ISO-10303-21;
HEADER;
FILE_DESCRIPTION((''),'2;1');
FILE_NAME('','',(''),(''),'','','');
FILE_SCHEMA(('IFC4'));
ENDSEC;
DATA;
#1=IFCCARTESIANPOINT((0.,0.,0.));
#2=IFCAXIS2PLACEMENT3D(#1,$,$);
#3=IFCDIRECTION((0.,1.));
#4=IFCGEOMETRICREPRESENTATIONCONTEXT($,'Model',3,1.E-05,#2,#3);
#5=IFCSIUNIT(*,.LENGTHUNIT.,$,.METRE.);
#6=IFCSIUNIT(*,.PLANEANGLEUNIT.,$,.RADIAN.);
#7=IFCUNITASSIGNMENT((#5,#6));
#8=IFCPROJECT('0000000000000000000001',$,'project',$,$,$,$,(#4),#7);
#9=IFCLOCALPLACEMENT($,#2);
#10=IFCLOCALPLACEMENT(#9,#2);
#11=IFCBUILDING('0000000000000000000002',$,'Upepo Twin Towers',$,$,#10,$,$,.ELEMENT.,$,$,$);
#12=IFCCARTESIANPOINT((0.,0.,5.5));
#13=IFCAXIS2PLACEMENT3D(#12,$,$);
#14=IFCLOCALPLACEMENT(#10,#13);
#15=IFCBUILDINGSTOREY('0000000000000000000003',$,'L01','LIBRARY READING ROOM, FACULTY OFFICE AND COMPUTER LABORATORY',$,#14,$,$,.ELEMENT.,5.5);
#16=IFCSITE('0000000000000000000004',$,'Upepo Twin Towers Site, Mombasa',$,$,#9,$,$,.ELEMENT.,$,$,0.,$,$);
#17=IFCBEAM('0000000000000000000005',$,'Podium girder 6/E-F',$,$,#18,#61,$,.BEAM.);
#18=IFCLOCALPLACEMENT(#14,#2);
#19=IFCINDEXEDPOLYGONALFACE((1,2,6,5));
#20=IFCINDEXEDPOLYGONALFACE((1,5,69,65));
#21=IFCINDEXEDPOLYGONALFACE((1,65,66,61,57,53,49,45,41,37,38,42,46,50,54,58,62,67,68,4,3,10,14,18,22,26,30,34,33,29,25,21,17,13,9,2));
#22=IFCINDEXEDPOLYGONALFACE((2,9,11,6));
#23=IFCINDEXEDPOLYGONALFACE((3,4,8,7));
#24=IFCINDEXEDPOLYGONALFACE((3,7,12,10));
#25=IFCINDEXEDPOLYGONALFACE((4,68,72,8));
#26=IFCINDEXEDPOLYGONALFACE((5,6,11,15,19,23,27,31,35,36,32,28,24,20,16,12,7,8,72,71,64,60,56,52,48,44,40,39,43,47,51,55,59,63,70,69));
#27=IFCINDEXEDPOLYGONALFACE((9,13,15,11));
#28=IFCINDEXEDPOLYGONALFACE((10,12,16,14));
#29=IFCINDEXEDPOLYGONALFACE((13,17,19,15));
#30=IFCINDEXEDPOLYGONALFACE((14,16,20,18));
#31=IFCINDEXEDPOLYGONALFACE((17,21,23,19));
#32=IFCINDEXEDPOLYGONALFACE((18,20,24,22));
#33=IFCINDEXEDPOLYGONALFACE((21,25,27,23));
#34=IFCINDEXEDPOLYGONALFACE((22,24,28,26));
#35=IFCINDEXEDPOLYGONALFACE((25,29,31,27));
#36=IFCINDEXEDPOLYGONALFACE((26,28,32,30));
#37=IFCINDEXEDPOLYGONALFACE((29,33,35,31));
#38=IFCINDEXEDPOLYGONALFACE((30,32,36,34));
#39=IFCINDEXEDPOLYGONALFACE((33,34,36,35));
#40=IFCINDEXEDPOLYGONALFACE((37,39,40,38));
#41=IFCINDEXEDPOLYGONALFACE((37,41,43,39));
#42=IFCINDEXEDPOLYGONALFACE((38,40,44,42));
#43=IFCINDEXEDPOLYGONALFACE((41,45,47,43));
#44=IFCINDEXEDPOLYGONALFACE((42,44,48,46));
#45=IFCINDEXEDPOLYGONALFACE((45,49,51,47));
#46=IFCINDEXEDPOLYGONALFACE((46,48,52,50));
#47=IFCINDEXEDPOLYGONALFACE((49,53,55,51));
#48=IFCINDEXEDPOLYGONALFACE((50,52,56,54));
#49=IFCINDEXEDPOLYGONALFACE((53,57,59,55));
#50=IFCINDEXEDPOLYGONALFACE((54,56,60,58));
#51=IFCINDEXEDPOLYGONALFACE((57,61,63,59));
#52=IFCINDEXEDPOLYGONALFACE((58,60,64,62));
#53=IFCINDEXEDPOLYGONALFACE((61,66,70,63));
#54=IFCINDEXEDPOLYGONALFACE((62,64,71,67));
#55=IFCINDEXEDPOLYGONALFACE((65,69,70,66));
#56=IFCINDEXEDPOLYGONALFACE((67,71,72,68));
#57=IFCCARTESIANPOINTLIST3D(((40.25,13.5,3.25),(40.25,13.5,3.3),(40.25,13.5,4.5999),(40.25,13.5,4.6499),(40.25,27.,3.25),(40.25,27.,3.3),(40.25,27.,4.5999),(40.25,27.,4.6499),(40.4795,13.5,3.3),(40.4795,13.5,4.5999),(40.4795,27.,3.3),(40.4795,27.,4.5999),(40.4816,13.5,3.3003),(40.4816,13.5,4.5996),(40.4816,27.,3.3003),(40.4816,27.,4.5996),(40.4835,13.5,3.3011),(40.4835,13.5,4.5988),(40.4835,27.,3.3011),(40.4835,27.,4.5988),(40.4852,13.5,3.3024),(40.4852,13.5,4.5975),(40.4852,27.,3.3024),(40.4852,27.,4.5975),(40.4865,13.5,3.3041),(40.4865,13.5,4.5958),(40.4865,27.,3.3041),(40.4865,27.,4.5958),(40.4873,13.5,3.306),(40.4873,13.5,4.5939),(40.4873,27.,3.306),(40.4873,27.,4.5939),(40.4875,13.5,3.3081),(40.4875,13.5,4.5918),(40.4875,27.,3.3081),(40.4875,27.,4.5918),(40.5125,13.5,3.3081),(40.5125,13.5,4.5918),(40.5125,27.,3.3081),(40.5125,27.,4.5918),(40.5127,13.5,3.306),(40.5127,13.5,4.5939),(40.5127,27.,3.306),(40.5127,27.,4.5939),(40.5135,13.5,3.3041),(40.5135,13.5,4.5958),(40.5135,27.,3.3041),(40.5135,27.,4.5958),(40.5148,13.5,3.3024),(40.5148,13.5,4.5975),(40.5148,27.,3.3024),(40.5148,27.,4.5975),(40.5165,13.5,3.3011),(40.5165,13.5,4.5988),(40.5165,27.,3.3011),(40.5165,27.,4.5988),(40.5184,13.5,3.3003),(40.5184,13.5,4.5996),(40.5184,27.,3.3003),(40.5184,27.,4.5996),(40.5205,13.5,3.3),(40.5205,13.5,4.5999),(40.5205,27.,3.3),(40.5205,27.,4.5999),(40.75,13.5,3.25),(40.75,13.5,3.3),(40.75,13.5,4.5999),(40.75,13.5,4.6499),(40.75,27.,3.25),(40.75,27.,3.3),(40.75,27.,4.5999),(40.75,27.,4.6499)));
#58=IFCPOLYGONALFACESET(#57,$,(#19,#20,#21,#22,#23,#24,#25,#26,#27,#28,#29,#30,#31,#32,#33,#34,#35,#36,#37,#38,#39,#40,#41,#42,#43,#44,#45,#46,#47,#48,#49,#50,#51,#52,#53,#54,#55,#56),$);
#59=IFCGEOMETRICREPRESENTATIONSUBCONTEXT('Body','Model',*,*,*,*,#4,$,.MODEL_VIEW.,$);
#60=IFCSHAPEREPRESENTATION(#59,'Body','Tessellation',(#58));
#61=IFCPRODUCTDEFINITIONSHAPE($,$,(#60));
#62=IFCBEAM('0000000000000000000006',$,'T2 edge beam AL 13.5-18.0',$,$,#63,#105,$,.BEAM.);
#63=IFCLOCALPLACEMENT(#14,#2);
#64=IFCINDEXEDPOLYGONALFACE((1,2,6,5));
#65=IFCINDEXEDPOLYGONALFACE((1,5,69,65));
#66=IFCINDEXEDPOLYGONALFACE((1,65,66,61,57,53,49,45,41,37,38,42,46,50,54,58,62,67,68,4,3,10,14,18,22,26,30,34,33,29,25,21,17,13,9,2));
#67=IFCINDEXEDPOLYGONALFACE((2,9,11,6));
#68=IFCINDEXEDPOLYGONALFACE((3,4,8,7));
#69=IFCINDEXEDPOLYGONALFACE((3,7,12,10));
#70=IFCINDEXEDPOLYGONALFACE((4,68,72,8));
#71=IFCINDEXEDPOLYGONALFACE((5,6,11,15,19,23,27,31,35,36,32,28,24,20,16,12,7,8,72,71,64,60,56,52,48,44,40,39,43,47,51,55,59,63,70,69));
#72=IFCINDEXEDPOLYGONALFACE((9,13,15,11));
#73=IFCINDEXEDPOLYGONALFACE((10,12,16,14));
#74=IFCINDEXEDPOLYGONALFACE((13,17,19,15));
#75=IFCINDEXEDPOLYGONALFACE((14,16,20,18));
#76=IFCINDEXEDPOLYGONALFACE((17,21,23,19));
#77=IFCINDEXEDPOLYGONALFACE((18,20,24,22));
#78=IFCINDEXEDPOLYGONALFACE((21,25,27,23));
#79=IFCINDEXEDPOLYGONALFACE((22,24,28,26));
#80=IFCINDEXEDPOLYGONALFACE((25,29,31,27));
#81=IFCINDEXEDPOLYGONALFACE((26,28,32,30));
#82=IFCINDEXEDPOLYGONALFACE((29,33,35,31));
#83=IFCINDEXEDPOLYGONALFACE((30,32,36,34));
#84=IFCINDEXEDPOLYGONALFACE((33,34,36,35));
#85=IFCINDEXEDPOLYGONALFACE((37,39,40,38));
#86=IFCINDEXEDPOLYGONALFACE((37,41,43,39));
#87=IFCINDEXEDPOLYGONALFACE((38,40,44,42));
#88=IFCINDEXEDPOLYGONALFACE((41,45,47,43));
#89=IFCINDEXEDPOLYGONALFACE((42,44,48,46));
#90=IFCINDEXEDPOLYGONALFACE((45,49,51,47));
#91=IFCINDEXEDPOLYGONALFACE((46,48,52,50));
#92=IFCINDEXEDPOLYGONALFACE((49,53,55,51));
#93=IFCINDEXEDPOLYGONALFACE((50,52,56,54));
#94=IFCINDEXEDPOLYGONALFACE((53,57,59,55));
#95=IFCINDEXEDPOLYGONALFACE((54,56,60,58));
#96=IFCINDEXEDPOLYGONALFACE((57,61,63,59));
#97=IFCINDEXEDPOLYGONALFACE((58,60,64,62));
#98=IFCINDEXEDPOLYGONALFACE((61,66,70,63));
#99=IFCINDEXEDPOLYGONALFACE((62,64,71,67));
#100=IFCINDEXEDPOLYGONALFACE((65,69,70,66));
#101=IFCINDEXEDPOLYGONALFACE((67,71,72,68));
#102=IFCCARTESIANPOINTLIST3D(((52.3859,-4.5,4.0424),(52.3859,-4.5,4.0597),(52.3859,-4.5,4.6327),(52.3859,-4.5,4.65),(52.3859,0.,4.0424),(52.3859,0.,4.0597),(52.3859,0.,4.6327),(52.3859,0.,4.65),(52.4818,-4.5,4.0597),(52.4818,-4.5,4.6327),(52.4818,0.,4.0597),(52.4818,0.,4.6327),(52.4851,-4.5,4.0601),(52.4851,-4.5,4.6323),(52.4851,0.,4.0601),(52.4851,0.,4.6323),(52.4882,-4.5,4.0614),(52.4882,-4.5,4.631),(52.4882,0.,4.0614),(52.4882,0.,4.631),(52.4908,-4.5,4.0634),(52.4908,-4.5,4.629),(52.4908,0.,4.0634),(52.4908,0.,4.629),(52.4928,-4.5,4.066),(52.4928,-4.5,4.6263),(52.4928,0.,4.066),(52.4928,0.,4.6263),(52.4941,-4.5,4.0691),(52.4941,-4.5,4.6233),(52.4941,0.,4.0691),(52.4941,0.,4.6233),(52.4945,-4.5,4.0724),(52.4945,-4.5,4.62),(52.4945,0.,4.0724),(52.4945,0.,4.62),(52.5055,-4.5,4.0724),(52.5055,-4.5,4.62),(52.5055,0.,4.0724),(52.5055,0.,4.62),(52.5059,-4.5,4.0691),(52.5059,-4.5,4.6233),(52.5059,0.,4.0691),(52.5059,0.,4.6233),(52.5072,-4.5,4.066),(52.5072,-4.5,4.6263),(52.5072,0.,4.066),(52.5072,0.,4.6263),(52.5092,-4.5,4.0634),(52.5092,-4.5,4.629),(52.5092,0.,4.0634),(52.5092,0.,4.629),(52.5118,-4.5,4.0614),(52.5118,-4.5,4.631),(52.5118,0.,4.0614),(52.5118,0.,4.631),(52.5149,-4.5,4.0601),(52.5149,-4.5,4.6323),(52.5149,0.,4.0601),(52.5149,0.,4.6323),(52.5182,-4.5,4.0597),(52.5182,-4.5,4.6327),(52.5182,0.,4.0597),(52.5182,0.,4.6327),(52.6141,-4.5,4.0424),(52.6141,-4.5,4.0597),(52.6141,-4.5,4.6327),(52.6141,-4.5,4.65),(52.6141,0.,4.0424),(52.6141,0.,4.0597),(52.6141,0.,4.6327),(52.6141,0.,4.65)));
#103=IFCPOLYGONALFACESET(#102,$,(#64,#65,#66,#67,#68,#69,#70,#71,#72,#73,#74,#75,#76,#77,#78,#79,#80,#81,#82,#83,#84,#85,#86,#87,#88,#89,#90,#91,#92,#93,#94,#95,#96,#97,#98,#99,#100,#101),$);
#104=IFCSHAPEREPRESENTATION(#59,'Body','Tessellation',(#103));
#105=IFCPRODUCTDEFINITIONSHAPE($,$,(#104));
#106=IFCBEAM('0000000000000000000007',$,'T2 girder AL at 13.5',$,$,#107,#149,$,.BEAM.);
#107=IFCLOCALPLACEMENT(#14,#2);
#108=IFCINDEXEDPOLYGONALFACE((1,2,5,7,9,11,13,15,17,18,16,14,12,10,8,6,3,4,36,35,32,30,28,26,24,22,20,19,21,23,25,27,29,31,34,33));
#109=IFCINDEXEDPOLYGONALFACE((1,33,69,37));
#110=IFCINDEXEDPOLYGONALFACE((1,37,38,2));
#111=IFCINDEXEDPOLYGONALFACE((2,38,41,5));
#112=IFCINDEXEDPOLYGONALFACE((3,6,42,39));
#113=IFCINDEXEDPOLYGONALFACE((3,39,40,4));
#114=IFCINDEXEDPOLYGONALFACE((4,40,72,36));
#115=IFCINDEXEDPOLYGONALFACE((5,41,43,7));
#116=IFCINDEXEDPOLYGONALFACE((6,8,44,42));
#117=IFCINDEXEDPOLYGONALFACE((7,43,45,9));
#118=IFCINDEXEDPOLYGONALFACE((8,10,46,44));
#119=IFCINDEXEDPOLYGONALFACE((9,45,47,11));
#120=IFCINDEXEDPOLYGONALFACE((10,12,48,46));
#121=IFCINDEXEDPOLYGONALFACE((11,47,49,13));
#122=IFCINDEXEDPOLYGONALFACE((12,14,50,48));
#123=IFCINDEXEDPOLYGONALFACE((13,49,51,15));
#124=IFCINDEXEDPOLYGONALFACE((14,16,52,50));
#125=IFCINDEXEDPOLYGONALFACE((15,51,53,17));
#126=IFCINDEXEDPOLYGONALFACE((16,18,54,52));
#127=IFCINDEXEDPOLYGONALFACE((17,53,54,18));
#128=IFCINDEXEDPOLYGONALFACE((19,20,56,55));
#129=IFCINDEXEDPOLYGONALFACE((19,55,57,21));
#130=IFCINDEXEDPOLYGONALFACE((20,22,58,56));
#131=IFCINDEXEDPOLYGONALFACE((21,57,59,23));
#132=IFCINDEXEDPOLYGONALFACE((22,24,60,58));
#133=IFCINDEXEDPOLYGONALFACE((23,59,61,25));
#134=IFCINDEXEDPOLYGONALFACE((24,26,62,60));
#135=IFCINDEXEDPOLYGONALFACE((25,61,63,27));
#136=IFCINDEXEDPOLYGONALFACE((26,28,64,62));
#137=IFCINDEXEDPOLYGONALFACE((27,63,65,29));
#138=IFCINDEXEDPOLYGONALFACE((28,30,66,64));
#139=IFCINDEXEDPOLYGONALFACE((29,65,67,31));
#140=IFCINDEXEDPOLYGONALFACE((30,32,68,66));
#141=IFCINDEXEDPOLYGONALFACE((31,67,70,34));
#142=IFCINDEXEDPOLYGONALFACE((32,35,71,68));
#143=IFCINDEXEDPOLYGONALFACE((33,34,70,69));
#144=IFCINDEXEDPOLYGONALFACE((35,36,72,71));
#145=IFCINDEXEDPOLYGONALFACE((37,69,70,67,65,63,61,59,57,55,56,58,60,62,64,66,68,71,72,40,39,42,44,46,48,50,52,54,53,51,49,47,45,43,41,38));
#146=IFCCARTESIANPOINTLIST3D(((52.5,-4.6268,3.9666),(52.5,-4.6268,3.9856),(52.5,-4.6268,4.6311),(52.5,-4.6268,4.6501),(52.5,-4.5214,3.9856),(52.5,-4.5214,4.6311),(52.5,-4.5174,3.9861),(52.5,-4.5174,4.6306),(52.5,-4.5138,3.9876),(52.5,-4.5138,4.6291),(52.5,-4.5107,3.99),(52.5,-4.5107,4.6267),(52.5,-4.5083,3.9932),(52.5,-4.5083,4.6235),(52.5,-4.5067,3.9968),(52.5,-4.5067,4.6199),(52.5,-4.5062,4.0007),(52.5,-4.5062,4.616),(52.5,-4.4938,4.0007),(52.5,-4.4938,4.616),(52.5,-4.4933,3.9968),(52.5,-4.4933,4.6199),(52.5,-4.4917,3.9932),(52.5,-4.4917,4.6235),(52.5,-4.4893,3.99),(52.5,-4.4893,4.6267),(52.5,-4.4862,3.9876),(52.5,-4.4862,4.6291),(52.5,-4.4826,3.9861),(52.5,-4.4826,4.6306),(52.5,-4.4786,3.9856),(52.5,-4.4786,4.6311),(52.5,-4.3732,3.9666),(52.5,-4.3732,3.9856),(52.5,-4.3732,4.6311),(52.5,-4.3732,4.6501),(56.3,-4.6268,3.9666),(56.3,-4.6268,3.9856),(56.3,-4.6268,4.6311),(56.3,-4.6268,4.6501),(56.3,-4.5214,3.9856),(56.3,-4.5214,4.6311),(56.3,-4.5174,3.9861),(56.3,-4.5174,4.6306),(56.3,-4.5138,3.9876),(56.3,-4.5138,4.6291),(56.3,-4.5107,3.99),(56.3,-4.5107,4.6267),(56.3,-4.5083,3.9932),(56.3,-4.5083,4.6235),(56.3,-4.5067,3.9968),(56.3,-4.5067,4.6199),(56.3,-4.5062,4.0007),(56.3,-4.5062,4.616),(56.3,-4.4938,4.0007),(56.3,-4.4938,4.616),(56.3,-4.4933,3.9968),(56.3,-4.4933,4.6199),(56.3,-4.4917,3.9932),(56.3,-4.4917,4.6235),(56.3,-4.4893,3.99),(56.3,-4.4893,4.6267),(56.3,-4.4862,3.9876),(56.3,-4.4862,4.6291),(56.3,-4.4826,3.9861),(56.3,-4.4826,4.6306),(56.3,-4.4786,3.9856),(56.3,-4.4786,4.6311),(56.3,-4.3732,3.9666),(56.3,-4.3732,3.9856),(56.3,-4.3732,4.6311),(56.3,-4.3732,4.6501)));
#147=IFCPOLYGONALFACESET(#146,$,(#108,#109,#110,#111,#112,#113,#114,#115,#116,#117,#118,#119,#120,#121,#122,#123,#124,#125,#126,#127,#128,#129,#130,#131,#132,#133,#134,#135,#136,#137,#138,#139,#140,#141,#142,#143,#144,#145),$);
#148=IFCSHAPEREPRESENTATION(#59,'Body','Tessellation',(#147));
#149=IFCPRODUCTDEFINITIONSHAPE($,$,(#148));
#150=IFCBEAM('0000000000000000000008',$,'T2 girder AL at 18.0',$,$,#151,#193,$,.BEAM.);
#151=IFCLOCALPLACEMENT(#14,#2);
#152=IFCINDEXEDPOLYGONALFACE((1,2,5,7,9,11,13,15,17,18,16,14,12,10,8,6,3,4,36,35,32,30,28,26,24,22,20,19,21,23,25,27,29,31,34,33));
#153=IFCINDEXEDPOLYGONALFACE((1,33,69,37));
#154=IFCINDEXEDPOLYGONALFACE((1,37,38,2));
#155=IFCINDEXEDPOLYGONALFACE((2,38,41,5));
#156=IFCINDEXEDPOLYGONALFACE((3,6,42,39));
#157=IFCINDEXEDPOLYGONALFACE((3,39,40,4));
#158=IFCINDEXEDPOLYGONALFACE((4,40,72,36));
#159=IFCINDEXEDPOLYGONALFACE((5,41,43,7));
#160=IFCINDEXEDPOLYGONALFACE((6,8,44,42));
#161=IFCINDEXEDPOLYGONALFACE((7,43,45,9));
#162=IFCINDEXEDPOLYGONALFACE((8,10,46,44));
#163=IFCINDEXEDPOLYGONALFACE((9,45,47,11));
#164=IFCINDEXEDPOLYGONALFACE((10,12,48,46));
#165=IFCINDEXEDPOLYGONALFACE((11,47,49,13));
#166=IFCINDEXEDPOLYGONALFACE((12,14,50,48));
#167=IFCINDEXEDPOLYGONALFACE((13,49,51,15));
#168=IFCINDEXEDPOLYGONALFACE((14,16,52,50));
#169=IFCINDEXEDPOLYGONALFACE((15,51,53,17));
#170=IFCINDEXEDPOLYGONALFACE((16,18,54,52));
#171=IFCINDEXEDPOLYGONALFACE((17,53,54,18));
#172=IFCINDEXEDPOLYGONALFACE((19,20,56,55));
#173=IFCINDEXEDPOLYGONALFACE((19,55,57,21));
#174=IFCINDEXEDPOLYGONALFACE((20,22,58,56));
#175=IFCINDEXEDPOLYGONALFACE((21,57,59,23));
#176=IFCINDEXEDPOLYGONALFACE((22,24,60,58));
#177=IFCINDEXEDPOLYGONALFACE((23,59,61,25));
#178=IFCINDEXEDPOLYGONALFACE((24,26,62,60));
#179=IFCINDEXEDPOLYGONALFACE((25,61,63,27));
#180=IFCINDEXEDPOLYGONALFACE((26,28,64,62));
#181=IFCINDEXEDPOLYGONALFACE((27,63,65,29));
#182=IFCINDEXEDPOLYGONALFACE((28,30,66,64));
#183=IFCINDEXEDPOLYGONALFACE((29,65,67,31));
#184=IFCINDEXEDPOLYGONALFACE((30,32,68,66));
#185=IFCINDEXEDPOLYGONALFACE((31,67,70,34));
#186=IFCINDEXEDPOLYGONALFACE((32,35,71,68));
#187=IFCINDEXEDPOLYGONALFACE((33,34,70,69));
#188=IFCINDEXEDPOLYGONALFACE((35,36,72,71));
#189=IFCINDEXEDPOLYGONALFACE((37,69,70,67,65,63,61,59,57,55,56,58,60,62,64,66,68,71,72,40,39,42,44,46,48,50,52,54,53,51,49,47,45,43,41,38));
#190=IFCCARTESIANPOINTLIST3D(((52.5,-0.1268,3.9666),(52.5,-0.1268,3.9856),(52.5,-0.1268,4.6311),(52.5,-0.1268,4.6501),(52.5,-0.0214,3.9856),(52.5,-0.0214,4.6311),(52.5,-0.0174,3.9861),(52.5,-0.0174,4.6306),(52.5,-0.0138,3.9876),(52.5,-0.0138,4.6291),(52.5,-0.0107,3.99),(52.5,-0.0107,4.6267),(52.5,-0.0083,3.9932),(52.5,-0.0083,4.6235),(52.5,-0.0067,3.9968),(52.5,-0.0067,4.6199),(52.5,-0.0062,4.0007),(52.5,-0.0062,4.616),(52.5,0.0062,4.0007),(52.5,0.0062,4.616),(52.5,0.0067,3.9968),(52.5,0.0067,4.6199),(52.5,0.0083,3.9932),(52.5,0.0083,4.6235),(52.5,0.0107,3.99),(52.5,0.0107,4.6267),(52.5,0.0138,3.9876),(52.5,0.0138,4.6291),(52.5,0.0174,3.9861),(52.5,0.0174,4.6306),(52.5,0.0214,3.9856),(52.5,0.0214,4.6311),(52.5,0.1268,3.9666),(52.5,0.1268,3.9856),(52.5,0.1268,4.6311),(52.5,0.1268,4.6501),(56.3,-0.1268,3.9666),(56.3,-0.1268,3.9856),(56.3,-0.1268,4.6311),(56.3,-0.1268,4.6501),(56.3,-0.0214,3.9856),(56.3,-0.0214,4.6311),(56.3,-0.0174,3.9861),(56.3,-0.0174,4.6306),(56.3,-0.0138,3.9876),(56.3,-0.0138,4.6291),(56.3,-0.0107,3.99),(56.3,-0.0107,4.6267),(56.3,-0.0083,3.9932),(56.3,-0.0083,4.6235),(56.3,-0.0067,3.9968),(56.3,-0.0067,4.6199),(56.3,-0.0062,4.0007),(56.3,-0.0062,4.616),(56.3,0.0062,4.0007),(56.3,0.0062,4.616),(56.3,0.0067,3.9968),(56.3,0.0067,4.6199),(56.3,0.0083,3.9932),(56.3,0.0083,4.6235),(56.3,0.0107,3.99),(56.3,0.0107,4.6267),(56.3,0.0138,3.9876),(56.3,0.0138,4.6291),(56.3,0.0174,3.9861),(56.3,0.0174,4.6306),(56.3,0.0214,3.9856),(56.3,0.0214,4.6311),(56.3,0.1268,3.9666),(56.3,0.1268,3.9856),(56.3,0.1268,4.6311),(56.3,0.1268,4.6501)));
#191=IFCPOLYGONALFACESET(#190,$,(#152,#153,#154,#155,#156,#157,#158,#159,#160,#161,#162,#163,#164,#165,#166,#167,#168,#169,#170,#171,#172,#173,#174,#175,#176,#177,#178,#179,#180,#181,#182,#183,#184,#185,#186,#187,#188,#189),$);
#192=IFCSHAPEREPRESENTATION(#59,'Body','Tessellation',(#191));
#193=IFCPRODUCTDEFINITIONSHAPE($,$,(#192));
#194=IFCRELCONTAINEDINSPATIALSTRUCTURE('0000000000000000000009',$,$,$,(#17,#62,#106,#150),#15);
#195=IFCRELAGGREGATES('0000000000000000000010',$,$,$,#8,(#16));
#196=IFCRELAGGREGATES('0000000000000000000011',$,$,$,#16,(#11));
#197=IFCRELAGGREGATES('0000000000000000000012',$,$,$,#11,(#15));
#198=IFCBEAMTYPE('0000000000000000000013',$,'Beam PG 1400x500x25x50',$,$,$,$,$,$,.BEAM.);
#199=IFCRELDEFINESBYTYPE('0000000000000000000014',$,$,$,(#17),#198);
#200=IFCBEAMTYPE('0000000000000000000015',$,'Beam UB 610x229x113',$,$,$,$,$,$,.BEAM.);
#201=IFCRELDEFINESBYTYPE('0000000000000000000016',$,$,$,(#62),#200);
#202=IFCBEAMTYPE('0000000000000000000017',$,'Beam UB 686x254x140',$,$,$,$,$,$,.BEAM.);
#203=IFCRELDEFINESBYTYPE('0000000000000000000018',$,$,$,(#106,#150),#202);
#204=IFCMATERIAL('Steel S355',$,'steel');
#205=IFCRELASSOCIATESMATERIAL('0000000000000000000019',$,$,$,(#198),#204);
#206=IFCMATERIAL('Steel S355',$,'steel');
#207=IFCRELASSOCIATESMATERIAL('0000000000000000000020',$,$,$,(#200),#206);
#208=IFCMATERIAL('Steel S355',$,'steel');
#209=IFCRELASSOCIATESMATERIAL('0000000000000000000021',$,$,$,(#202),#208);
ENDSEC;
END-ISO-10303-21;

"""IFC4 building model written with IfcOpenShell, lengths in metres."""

from ifc_helpers import new_model, si_unit, direction, frame, origin, origin_2d, place, context, subcontext, project, spatial, i_section, extrude, material, material_profile, profile_set, type_object, element, save


model = new_model("IFC4")

# Units and contexts
model_context = context("Model", 3, precision=1e-05, world=origin(), true_north=direction((0.0, 1.0)))
body_context = subcontext(model_context, "Body", "Model", "MODEL_VIEW")
ifc_project = project(units=[si_unit("LENGTHUNIT", "METRE"), si_unit("PLANEANGLEUNIT", "RADIAN")], contexts=[model_context])

# Site, building, storey
site_placement = place(None, origin())
site = spatial("IfcSite", under=ifc_project, at=site_placement, Name="Upepo Twin Towers Site, Mombasa", CompositionType="ELEMENT", RefElevation=0.0)
building_placement = place(site_placement, origin())
building = spatial("IfcBuilding", under=site, at=building_placement, Name="Upepo Twin Towers", CompositionType="ELEMENT")
storey_placement = place(building_placement, frame((0.0, 0.0, 5.5)))
storey = spatial("IfcBuildingStorey", under=building, at=storey_placement, Name="L01", Description="LIBRARY READING ROOM, FACULTY OFFICE AND COMPUTER LABORATORY", CompositionType="ELEMENT", Elevation=5.5)

# Beams
ifc_material_1 = material(Name="Steel S355", Category="steel")
ifc_material_profile_1 = material_profile(ifc_material_1, i_section(OverallWidth=0.5, OverallDepth=1.3999, WebThickness=0.0249, FlangeThickness=0.05, FilletRadius=0.0081, at=origin_2d()), Name="PG 1400x500x25x50")
ifc_profile_set_1 = profile_set([ifc_material_profile_1], Name="Steel S355")
beam_type_1 = type_object("IfcBeamType", Name="Beam PG 1400x500x25x50", PredefinedType="BEAM", material=ifc_profile_set_1)
for number, where, z_axis, x_axis, name in (
    (1, (40.5, 13.5, 3.95), (0.0, 1.0, 0.0), (-1.0, 0.0, 0.0), "Podium girder 6/E-F"),
):
    element("IfcBeam", number, at=place(storey_placement, frame(where, z_axis=z_axis, x_axis=x_axis)), inside=storey, type_object=beam_type_1, Name=name, PredefinedType="BEAM", context=body_context, shape_type="SweptSolid", body=[
        extrude(i_section(OverallWidth=0.5, OverallDepth=1.3999, WebThickness=0.0249, FlangeThickness=0.05, FilletRadius=0.0081, at=origin_2d()), origin(), (0.0, 0.0, 1.0), 13.5),
    ])
ifc_material_2 = material(Name="Steel S355", Category="steel")
ifc_material_profile_2 = material_profile(ifc_material_2, i_section(OverallWidth=0.2283, OverallDepth=0.6077, WebThickness=0.011, FlangeThickness=0.0173, FilletRadius=0.0127, at=origin_2d()), Name="UB 610x229x113")
ifc_profile_set_2 = profile_set([ifc_material_profile_2], Name="Steel S355")
beam_type_2 = type_object("IfcBeamType", Name="Beam UB 610x229x113", PredefinedType="BEAM", material=ifc_profile_set_2)
beam_placement = place(storey_placement, frame((52.5, -4.5, 4.3462), z_axis=(0.0, 1.0, 0.0), x_axis=(-1.0, 0.0, 0.0)))
element("IfcBeam", 2, at=beam_placement, inside=storey, type_object=beam_type_2, Name="T2 edge beam AL 13.5-18.0", PredefinedType="BEAM", context=body_context, shape_type="SweptSolid", body=[
    extrude(i_section(OverallWidth=0.2283, OverallDepth=0.6077, WebThickness=0.011, FlangeThickness=0.0173, FilletRadius=0.0127, at=origin_2d()), origin(), (0.0, 0.0, 1.0), 4.5),
])
ifc_material_3 = material(Name="Steel S355", Category="steel")
ifc_material_profile_3 = material_profile(ifc_material_3, i_section(OverallWidth=0.2537, OverallDepth=0.6836, WebThickness=0.0125, FlangeThickness=0.019, FilletRadius=0.0151, at=origin_2d()), Name="UB 686x254x140")
ifc_profile_set_3 = profile_set([ifc_material_profile_3], Name="Steel S355")
beam_type_3 = type_object("IfcBeamType", Name="Beam UB 686x254x140", PredefinedType="BEAM", material=ifc_profile_set_3)
for number, where, z_axis, x_axis, name in (
    (3, (52.5, -4.5, 4.3083), (1.0, 0.0, 0.0), (0.0, 1.0, 0.0), "T2 girder AL at 13.5"),
    (4, (52.5, 0.0, 4.3083), (1.0, 0.0, 0.0), (0.0, 1.0, 0.0), "T2 girder AL at 18.0"),
):
    element("IfcBeam", number, at=place(storey_placement, frame(where, z_axis=z_axis, x_axis=x_axis)), inside=storey, type_object=beam_type_3, Name=name, PredefinedType="BEAM", context=body_context, shape_type="SweptSolid", body=[
        extrude(i_section(OverallWidth=0.2537, OverallDepth=0.6836, WebThickness=0.0125, FlangeThickness=0.019, FilletRadius=0.0151, at=origin_2d()), origin(), (0.0, 0.0, 1.0), 3.8),
    ])

save(model, "model.ifc")
